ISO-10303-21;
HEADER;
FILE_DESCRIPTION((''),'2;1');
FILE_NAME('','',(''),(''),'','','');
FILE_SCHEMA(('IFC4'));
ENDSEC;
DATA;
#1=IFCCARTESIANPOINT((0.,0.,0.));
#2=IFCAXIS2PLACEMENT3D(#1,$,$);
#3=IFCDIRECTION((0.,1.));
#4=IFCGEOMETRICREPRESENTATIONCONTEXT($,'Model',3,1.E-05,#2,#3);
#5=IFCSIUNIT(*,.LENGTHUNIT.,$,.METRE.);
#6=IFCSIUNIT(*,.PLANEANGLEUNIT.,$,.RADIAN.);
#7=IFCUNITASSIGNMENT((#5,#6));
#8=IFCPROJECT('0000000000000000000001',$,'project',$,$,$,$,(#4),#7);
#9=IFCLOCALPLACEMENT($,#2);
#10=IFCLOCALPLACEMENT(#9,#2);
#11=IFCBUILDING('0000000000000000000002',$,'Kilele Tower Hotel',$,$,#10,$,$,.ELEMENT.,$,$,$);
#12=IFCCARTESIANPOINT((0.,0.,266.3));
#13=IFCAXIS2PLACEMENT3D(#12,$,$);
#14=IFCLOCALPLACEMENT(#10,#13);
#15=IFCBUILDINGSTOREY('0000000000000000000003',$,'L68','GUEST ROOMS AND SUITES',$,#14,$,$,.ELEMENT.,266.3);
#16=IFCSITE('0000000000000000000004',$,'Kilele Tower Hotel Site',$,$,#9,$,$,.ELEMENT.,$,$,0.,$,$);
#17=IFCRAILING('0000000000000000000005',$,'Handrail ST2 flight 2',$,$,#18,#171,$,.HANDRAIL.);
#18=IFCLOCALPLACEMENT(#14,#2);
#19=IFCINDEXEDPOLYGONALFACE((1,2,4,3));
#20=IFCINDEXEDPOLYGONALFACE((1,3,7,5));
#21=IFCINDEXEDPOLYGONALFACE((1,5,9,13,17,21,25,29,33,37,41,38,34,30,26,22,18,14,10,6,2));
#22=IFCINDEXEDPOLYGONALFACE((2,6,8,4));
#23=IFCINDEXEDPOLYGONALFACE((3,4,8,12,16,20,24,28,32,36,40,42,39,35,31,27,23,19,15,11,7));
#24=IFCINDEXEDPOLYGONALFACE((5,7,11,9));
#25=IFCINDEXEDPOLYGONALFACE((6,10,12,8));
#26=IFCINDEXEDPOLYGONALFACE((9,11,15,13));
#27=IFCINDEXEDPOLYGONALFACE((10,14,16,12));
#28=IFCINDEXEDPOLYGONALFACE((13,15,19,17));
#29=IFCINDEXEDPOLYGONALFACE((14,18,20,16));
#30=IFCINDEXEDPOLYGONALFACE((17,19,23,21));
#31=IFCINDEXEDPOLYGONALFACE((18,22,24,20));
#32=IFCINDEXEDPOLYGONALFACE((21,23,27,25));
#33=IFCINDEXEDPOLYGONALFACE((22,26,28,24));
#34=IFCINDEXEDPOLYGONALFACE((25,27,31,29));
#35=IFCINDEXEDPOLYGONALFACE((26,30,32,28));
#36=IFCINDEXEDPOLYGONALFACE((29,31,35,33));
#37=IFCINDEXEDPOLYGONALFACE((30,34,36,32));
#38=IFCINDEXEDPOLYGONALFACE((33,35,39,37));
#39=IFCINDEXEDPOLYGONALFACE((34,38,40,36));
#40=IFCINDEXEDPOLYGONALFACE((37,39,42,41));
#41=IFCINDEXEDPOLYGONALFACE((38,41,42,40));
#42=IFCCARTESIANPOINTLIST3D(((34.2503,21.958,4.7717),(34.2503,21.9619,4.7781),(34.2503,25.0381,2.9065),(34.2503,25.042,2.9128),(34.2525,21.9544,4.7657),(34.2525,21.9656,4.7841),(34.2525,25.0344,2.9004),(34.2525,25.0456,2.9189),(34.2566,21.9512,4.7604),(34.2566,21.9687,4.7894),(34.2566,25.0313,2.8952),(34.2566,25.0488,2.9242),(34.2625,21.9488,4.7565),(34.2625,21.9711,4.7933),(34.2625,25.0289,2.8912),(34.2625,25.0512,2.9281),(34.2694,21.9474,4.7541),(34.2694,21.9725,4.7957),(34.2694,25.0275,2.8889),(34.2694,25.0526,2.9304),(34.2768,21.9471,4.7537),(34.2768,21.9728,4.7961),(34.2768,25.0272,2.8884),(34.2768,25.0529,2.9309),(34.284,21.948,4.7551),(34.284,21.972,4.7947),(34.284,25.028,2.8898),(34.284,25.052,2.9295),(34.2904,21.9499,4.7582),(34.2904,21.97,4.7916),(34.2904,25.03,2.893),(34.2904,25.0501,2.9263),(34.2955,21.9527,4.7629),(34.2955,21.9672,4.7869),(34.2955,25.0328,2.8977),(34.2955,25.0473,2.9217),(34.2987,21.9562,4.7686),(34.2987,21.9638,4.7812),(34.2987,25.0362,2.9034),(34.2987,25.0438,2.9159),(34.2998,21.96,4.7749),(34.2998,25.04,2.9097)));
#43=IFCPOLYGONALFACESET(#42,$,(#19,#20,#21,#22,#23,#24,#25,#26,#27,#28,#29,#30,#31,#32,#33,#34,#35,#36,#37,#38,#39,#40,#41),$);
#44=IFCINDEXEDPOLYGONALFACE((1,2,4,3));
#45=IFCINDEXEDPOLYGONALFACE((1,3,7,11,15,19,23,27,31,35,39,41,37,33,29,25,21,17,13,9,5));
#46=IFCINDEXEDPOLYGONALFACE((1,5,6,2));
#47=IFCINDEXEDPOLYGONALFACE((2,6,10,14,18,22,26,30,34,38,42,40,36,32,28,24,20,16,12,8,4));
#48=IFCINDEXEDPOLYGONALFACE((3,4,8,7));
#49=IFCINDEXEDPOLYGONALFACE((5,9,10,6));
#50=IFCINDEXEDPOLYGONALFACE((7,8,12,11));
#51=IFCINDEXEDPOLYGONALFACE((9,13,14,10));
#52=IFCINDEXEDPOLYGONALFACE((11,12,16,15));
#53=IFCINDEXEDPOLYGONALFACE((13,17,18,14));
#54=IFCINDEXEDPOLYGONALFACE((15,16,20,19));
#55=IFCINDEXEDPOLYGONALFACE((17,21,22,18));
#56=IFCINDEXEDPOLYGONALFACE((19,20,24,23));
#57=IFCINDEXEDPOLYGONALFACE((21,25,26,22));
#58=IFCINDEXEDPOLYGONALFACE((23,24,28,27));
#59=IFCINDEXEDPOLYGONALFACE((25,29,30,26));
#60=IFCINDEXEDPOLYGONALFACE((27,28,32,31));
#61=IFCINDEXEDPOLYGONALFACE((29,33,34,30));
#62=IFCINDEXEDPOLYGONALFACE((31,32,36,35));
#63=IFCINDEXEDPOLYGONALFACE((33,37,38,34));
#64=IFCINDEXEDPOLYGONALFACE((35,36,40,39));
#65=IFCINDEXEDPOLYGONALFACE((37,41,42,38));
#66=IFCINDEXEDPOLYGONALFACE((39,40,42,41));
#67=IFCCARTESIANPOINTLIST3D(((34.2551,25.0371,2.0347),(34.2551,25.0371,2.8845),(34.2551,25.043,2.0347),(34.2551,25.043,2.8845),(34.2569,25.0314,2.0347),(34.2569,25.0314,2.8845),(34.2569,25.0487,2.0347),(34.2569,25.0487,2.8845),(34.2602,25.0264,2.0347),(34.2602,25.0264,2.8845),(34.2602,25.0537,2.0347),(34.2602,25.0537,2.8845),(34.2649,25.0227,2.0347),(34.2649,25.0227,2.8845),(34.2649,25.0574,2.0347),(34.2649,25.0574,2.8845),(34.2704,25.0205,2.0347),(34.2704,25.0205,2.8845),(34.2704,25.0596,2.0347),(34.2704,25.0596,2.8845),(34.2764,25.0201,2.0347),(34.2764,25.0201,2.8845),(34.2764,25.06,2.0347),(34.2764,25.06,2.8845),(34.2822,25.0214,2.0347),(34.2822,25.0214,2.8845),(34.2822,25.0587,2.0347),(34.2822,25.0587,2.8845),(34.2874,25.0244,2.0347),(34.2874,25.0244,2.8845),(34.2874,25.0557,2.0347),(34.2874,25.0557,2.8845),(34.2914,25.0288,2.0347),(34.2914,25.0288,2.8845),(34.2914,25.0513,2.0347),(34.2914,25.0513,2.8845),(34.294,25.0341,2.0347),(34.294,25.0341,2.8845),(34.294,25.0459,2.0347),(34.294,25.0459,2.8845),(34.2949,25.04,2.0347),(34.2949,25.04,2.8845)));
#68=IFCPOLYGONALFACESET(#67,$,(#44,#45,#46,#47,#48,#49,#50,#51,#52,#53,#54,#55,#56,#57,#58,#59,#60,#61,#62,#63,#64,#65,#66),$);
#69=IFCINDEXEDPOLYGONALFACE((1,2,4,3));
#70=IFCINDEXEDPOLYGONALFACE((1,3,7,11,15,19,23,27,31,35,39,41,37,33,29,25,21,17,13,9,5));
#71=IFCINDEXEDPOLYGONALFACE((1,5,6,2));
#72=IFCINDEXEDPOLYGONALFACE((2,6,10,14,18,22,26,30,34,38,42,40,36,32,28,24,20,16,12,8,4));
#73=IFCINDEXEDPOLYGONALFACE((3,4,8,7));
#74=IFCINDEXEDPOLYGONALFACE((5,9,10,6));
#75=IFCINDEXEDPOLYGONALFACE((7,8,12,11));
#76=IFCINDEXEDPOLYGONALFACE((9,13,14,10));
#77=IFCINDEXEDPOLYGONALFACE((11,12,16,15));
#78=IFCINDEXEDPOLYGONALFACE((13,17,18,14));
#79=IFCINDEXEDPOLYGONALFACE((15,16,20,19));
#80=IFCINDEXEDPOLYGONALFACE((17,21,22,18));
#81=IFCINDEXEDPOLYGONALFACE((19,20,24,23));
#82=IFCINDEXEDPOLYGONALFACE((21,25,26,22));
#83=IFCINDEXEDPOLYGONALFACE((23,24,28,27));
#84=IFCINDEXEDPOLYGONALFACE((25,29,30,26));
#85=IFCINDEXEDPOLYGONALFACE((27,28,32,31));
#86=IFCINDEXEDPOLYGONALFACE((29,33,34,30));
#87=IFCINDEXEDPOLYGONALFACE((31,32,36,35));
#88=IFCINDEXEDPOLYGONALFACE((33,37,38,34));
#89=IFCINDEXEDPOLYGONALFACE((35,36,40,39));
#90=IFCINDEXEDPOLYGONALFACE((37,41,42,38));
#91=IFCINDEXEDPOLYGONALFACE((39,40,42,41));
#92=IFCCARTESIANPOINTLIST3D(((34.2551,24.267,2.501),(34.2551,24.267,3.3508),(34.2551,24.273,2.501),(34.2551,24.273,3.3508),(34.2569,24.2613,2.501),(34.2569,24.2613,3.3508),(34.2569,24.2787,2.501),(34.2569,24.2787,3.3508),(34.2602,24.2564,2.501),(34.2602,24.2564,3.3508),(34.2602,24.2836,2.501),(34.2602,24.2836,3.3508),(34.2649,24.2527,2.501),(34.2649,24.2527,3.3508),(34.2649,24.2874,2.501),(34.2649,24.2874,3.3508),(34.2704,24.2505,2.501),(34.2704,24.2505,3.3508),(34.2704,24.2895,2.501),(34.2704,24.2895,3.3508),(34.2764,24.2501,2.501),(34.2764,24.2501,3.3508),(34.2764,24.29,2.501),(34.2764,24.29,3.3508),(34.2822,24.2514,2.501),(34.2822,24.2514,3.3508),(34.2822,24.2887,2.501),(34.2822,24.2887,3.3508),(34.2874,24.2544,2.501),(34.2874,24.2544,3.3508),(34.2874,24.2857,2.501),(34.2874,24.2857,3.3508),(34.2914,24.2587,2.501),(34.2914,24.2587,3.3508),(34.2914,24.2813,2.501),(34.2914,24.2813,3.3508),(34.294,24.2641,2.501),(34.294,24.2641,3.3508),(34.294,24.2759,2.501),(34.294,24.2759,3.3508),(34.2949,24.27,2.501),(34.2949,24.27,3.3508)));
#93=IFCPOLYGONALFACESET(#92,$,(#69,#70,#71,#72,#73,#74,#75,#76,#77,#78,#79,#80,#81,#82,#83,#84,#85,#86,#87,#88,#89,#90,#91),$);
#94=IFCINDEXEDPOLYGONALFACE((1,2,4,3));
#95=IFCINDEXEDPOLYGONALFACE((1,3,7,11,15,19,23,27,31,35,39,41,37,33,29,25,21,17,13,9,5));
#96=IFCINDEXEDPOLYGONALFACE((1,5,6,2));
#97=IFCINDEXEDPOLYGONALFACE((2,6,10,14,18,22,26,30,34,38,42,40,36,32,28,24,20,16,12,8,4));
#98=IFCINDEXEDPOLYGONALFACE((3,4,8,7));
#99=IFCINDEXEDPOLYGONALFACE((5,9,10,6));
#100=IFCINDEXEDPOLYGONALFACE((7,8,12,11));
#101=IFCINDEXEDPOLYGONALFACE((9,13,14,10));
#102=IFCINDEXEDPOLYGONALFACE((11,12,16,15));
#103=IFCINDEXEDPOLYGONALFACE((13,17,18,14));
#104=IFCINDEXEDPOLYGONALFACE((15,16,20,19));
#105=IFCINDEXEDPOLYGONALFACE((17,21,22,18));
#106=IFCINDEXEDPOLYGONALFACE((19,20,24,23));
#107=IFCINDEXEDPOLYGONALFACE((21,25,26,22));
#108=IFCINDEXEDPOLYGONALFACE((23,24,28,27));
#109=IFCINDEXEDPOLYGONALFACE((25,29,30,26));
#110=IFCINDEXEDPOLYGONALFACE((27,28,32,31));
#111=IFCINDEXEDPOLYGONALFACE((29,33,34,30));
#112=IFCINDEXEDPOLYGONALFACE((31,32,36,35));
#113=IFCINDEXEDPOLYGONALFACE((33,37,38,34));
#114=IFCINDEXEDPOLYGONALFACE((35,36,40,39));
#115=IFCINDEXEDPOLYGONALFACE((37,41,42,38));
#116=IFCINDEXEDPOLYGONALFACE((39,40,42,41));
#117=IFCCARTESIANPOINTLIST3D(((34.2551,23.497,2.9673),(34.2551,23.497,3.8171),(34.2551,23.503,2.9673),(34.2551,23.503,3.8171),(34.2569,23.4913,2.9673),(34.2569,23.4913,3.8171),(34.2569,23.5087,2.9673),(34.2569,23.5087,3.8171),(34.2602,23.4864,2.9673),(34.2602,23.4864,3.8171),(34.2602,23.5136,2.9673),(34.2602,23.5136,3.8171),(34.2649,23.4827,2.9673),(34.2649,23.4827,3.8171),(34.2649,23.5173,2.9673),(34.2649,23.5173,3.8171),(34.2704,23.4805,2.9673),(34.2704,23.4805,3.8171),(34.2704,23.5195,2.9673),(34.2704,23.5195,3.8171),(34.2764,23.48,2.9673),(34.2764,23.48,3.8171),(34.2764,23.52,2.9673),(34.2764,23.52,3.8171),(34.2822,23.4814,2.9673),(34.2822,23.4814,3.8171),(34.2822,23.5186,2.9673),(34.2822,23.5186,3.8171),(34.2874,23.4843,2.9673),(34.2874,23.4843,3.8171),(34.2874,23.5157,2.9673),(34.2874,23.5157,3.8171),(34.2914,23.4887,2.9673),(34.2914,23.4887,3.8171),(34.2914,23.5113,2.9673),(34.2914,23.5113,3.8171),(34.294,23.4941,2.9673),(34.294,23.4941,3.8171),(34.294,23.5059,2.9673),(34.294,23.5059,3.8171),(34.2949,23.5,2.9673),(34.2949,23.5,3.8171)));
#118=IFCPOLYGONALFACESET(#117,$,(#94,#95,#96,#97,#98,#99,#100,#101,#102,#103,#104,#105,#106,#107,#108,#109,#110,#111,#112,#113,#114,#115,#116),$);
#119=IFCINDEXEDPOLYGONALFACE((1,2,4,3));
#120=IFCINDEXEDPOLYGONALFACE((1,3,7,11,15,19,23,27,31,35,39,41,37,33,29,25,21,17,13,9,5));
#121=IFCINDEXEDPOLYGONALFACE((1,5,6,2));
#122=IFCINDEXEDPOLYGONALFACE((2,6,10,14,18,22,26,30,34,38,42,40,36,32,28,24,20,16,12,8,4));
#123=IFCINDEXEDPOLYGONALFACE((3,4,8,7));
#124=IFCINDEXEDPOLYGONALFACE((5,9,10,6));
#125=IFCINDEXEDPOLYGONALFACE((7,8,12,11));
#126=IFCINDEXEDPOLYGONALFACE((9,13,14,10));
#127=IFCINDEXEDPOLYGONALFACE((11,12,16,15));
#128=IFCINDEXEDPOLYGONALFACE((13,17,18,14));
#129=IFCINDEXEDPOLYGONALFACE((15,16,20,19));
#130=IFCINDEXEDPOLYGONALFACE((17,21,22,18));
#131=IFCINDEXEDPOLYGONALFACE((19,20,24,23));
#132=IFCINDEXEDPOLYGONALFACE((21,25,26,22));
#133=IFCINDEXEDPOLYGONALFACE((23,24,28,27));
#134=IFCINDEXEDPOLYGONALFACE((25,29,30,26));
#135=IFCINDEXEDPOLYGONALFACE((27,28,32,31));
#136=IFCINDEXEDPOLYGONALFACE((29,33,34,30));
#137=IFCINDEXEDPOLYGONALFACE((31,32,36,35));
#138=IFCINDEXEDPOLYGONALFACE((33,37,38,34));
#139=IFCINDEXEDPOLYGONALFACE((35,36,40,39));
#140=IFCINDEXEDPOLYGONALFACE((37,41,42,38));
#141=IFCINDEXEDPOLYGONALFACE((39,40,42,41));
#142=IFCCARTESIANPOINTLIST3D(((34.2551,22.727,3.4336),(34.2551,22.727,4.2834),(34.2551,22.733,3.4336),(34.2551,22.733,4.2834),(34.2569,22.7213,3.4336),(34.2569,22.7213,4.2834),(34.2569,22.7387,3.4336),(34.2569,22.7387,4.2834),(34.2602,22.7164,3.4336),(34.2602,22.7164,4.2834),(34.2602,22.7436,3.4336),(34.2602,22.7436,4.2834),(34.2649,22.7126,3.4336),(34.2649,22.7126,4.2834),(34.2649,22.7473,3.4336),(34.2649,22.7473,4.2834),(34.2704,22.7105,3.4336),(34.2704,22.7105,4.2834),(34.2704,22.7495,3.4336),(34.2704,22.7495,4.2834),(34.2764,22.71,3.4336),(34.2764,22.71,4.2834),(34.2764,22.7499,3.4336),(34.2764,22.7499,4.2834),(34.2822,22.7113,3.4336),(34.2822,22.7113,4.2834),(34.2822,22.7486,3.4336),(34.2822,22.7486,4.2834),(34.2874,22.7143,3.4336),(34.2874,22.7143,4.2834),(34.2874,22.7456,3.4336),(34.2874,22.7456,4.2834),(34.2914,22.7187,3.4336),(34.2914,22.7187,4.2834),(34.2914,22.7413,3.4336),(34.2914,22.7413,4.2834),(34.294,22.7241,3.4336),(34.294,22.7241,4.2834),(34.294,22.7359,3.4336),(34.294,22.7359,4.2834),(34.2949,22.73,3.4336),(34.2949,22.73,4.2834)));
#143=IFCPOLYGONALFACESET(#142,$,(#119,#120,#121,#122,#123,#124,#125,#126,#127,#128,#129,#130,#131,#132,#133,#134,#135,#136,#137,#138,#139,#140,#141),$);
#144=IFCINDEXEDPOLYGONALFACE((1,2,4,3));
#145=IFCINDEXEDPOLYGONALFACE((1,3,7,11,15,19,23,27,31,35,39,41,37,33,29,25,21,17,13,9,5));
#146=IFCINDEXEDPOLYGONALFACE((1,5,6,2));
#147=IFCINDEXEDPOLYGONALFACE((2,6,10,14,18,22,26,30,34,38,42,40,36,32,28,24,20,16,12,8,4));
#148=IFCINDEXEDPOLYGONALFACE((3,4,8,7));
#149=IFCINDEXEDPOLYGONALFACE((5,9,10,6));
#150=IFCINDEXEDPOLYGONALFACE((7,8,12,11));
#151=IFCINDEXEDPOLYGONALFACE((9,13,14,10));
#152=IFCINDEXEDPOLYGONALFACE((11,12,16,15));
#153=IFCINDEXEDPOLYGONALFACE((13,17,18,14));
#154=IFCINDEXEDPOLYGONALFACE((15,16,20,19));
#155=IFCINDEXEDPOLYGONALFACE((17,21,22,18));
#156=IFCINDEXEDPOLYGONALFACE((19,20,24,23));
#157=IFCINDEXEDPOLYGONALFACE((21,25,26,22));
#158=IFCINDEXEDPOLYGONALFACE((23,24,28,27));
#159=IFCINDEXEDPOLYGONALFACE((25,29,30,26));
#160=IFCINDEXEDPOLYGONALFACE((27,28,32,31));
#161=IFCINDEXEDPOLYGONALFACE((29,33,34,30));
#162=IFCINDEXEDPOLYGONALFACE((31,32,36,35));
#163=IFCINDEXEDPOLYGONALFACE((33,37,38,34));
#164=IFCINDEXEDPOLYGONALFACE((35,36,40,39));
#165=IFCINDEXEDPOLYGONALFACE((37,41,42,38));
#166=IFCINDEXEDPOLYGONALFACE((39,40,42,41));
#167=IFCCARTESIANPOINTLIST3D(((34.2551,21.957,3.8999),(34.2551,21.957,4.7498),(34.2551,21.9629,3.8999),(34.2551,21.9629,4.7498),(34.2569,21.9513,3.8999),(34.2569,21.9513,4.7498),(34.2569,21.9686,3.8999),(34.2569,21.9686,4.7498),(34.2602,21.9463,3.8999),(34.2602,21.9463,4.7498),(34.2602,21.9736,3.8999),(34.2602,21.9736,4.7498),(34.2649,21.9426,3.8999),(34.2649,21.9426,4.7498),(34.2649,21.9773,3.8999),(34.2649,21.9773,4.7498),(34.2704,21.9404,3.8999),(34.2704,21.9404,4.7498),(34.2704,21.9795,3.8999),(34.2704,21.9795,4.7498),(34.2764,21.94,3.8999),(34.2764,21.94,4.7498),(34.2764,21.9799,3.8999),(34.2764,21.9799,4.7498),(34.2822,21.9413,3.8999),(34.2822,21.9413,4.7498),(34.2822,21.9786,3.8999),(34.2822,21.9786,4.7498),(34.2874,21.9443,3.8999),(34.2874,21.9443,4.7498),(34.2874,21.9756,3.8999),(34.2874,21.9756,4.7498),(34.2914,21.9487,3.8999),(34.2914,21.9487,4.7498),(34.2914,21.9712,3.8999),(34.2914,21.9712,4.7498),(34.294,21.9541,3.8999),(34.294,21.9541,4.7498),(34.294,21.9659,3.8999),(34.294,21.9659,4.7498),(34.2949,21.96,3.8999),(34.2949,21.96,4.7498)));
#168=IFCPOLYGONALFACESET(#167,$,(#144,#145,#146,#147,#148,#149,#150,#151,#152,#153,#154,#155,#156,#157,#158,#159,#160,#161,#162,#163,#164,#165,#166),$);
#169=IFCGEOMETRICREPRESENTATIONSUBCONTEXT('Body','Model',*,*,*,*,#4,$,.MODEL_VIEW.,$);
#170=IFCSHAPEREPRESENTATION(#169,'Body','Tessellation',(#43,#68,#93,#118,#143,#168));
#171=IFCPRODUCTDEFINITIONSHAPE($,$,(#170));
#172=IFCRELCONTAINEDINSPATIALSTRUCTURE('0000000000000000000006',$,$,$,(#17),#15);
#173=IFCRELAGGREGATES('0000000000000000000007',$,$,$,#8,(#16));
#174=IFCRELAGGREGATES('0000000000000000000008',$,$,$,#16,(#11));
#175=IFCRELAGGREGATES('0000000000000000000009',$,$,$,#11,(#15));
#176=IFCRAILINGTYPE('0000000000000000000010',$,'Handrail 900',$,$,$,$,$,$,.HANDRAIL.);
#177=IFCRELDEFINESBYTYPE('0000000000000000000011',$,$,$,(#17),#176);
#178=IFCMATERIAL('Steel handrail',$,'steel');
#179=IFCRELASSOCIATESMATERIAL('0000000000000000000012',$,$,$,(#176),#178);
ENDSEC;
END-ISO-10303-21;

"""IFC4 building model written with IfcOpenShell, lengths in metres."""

from ifc_helpers import new_model, si_unit, direction, frame, origin, origin_2d, place, context, subcontext, project, spatial, circle, extrude, material, type_object, element, save


model = new_model("IFC4")

# Units and contexts
model_context = context("Model", 3, precision=1e-05, world=origin(), true_north=direction((0.0, 1.0)))
body_context = subcontext(model_context, "Body", "Model", "MODEL_VIEW")
ifc_project = project(units=[si_unit("LENGTHUNIT", "METRE"), si_unit("PLANEANGLEUNIT", "RADIAN")], contexts=[model_context])

# Site, building, storey
site_placement = place(None, origin())
site = spatial("IfcSite", under=ifc_project, at=site_placement, Name="Kilele Tower Hotel Site", CompositionType="ELEMENT", RefElevation=0.0)
building_placement = place(site_placement, origin())
building = spatial("IfcBuilding", under=site, at=building_placement, Name="Kilele Tower Hotel", CompositionType="ELEMENT")
storey_placement = place(building_placement, frame((0.0, 0.0, 266.3)))
storey = spatial("IfcBuildingStorey", under=building, at=storey_placement, Name="L68", Description="GUEST ROOMS AND SUITES", CompositionType="ELEMENT", Elevation=266.3)

# Railing
ifc_material_1 = material(Name="Steel handrail", Category="steel")
railing_type_1 = type_object("IfcRailingType", Name="Handrail 900", PredefinedType="HANDRAIL", material=ifc_material_1)
for number, where, name in (
    (1, (34.2749, 25.04, 2.0347), "Handrail ST2 flight 2"),
):
    element("IfcRailing", number, at=place(storey_placement, frame(where)), inside=storey, type_object=railing_type_1, Name=name, PredefinedType="HANDRAIL", context=body_context, shape_type="SweptSolid", body=[
        extrude(circle(Radius=0.0249, at=origin_2d()), frame((0.0, 0.0, 0.875), z_axis=(0.0, -0.85538, 0.518001), x_axis=(1.0, 0.0, 0.0)), (0.0, 0.0, 1.0), 3.6008),
        extrude(circle(Radius=0.02, at=origin_2d()), origin(), (0.0, 0.0, 1.0), 0.8499),
        extrude(circle(Radius=0.02, at=origin_2d()), frame((0.0, -0.77, 0.4663)), (0.0, 0.0, 1.0), 0.8499),
        extrude(circle(Radius=0.02, at=origin_2d()), frame((0.0, -1.54, 0.9326)), (0.0, 0.0, 1.0), 0.8499),
        extrude(circle(Radius=0.02, at=origin_2d()), frame((0.0, -2.3101, 1.3989)), (0.0, 0.0, 1.0), 0.8499),
        extrude(circle(Radius=0.02, at=origin_2d()), frame((0.0, -3.0801, 1.8652)), (0.0, 0.0, 1.0), 0.8499),
    ])

save(model, "model.ifc")
